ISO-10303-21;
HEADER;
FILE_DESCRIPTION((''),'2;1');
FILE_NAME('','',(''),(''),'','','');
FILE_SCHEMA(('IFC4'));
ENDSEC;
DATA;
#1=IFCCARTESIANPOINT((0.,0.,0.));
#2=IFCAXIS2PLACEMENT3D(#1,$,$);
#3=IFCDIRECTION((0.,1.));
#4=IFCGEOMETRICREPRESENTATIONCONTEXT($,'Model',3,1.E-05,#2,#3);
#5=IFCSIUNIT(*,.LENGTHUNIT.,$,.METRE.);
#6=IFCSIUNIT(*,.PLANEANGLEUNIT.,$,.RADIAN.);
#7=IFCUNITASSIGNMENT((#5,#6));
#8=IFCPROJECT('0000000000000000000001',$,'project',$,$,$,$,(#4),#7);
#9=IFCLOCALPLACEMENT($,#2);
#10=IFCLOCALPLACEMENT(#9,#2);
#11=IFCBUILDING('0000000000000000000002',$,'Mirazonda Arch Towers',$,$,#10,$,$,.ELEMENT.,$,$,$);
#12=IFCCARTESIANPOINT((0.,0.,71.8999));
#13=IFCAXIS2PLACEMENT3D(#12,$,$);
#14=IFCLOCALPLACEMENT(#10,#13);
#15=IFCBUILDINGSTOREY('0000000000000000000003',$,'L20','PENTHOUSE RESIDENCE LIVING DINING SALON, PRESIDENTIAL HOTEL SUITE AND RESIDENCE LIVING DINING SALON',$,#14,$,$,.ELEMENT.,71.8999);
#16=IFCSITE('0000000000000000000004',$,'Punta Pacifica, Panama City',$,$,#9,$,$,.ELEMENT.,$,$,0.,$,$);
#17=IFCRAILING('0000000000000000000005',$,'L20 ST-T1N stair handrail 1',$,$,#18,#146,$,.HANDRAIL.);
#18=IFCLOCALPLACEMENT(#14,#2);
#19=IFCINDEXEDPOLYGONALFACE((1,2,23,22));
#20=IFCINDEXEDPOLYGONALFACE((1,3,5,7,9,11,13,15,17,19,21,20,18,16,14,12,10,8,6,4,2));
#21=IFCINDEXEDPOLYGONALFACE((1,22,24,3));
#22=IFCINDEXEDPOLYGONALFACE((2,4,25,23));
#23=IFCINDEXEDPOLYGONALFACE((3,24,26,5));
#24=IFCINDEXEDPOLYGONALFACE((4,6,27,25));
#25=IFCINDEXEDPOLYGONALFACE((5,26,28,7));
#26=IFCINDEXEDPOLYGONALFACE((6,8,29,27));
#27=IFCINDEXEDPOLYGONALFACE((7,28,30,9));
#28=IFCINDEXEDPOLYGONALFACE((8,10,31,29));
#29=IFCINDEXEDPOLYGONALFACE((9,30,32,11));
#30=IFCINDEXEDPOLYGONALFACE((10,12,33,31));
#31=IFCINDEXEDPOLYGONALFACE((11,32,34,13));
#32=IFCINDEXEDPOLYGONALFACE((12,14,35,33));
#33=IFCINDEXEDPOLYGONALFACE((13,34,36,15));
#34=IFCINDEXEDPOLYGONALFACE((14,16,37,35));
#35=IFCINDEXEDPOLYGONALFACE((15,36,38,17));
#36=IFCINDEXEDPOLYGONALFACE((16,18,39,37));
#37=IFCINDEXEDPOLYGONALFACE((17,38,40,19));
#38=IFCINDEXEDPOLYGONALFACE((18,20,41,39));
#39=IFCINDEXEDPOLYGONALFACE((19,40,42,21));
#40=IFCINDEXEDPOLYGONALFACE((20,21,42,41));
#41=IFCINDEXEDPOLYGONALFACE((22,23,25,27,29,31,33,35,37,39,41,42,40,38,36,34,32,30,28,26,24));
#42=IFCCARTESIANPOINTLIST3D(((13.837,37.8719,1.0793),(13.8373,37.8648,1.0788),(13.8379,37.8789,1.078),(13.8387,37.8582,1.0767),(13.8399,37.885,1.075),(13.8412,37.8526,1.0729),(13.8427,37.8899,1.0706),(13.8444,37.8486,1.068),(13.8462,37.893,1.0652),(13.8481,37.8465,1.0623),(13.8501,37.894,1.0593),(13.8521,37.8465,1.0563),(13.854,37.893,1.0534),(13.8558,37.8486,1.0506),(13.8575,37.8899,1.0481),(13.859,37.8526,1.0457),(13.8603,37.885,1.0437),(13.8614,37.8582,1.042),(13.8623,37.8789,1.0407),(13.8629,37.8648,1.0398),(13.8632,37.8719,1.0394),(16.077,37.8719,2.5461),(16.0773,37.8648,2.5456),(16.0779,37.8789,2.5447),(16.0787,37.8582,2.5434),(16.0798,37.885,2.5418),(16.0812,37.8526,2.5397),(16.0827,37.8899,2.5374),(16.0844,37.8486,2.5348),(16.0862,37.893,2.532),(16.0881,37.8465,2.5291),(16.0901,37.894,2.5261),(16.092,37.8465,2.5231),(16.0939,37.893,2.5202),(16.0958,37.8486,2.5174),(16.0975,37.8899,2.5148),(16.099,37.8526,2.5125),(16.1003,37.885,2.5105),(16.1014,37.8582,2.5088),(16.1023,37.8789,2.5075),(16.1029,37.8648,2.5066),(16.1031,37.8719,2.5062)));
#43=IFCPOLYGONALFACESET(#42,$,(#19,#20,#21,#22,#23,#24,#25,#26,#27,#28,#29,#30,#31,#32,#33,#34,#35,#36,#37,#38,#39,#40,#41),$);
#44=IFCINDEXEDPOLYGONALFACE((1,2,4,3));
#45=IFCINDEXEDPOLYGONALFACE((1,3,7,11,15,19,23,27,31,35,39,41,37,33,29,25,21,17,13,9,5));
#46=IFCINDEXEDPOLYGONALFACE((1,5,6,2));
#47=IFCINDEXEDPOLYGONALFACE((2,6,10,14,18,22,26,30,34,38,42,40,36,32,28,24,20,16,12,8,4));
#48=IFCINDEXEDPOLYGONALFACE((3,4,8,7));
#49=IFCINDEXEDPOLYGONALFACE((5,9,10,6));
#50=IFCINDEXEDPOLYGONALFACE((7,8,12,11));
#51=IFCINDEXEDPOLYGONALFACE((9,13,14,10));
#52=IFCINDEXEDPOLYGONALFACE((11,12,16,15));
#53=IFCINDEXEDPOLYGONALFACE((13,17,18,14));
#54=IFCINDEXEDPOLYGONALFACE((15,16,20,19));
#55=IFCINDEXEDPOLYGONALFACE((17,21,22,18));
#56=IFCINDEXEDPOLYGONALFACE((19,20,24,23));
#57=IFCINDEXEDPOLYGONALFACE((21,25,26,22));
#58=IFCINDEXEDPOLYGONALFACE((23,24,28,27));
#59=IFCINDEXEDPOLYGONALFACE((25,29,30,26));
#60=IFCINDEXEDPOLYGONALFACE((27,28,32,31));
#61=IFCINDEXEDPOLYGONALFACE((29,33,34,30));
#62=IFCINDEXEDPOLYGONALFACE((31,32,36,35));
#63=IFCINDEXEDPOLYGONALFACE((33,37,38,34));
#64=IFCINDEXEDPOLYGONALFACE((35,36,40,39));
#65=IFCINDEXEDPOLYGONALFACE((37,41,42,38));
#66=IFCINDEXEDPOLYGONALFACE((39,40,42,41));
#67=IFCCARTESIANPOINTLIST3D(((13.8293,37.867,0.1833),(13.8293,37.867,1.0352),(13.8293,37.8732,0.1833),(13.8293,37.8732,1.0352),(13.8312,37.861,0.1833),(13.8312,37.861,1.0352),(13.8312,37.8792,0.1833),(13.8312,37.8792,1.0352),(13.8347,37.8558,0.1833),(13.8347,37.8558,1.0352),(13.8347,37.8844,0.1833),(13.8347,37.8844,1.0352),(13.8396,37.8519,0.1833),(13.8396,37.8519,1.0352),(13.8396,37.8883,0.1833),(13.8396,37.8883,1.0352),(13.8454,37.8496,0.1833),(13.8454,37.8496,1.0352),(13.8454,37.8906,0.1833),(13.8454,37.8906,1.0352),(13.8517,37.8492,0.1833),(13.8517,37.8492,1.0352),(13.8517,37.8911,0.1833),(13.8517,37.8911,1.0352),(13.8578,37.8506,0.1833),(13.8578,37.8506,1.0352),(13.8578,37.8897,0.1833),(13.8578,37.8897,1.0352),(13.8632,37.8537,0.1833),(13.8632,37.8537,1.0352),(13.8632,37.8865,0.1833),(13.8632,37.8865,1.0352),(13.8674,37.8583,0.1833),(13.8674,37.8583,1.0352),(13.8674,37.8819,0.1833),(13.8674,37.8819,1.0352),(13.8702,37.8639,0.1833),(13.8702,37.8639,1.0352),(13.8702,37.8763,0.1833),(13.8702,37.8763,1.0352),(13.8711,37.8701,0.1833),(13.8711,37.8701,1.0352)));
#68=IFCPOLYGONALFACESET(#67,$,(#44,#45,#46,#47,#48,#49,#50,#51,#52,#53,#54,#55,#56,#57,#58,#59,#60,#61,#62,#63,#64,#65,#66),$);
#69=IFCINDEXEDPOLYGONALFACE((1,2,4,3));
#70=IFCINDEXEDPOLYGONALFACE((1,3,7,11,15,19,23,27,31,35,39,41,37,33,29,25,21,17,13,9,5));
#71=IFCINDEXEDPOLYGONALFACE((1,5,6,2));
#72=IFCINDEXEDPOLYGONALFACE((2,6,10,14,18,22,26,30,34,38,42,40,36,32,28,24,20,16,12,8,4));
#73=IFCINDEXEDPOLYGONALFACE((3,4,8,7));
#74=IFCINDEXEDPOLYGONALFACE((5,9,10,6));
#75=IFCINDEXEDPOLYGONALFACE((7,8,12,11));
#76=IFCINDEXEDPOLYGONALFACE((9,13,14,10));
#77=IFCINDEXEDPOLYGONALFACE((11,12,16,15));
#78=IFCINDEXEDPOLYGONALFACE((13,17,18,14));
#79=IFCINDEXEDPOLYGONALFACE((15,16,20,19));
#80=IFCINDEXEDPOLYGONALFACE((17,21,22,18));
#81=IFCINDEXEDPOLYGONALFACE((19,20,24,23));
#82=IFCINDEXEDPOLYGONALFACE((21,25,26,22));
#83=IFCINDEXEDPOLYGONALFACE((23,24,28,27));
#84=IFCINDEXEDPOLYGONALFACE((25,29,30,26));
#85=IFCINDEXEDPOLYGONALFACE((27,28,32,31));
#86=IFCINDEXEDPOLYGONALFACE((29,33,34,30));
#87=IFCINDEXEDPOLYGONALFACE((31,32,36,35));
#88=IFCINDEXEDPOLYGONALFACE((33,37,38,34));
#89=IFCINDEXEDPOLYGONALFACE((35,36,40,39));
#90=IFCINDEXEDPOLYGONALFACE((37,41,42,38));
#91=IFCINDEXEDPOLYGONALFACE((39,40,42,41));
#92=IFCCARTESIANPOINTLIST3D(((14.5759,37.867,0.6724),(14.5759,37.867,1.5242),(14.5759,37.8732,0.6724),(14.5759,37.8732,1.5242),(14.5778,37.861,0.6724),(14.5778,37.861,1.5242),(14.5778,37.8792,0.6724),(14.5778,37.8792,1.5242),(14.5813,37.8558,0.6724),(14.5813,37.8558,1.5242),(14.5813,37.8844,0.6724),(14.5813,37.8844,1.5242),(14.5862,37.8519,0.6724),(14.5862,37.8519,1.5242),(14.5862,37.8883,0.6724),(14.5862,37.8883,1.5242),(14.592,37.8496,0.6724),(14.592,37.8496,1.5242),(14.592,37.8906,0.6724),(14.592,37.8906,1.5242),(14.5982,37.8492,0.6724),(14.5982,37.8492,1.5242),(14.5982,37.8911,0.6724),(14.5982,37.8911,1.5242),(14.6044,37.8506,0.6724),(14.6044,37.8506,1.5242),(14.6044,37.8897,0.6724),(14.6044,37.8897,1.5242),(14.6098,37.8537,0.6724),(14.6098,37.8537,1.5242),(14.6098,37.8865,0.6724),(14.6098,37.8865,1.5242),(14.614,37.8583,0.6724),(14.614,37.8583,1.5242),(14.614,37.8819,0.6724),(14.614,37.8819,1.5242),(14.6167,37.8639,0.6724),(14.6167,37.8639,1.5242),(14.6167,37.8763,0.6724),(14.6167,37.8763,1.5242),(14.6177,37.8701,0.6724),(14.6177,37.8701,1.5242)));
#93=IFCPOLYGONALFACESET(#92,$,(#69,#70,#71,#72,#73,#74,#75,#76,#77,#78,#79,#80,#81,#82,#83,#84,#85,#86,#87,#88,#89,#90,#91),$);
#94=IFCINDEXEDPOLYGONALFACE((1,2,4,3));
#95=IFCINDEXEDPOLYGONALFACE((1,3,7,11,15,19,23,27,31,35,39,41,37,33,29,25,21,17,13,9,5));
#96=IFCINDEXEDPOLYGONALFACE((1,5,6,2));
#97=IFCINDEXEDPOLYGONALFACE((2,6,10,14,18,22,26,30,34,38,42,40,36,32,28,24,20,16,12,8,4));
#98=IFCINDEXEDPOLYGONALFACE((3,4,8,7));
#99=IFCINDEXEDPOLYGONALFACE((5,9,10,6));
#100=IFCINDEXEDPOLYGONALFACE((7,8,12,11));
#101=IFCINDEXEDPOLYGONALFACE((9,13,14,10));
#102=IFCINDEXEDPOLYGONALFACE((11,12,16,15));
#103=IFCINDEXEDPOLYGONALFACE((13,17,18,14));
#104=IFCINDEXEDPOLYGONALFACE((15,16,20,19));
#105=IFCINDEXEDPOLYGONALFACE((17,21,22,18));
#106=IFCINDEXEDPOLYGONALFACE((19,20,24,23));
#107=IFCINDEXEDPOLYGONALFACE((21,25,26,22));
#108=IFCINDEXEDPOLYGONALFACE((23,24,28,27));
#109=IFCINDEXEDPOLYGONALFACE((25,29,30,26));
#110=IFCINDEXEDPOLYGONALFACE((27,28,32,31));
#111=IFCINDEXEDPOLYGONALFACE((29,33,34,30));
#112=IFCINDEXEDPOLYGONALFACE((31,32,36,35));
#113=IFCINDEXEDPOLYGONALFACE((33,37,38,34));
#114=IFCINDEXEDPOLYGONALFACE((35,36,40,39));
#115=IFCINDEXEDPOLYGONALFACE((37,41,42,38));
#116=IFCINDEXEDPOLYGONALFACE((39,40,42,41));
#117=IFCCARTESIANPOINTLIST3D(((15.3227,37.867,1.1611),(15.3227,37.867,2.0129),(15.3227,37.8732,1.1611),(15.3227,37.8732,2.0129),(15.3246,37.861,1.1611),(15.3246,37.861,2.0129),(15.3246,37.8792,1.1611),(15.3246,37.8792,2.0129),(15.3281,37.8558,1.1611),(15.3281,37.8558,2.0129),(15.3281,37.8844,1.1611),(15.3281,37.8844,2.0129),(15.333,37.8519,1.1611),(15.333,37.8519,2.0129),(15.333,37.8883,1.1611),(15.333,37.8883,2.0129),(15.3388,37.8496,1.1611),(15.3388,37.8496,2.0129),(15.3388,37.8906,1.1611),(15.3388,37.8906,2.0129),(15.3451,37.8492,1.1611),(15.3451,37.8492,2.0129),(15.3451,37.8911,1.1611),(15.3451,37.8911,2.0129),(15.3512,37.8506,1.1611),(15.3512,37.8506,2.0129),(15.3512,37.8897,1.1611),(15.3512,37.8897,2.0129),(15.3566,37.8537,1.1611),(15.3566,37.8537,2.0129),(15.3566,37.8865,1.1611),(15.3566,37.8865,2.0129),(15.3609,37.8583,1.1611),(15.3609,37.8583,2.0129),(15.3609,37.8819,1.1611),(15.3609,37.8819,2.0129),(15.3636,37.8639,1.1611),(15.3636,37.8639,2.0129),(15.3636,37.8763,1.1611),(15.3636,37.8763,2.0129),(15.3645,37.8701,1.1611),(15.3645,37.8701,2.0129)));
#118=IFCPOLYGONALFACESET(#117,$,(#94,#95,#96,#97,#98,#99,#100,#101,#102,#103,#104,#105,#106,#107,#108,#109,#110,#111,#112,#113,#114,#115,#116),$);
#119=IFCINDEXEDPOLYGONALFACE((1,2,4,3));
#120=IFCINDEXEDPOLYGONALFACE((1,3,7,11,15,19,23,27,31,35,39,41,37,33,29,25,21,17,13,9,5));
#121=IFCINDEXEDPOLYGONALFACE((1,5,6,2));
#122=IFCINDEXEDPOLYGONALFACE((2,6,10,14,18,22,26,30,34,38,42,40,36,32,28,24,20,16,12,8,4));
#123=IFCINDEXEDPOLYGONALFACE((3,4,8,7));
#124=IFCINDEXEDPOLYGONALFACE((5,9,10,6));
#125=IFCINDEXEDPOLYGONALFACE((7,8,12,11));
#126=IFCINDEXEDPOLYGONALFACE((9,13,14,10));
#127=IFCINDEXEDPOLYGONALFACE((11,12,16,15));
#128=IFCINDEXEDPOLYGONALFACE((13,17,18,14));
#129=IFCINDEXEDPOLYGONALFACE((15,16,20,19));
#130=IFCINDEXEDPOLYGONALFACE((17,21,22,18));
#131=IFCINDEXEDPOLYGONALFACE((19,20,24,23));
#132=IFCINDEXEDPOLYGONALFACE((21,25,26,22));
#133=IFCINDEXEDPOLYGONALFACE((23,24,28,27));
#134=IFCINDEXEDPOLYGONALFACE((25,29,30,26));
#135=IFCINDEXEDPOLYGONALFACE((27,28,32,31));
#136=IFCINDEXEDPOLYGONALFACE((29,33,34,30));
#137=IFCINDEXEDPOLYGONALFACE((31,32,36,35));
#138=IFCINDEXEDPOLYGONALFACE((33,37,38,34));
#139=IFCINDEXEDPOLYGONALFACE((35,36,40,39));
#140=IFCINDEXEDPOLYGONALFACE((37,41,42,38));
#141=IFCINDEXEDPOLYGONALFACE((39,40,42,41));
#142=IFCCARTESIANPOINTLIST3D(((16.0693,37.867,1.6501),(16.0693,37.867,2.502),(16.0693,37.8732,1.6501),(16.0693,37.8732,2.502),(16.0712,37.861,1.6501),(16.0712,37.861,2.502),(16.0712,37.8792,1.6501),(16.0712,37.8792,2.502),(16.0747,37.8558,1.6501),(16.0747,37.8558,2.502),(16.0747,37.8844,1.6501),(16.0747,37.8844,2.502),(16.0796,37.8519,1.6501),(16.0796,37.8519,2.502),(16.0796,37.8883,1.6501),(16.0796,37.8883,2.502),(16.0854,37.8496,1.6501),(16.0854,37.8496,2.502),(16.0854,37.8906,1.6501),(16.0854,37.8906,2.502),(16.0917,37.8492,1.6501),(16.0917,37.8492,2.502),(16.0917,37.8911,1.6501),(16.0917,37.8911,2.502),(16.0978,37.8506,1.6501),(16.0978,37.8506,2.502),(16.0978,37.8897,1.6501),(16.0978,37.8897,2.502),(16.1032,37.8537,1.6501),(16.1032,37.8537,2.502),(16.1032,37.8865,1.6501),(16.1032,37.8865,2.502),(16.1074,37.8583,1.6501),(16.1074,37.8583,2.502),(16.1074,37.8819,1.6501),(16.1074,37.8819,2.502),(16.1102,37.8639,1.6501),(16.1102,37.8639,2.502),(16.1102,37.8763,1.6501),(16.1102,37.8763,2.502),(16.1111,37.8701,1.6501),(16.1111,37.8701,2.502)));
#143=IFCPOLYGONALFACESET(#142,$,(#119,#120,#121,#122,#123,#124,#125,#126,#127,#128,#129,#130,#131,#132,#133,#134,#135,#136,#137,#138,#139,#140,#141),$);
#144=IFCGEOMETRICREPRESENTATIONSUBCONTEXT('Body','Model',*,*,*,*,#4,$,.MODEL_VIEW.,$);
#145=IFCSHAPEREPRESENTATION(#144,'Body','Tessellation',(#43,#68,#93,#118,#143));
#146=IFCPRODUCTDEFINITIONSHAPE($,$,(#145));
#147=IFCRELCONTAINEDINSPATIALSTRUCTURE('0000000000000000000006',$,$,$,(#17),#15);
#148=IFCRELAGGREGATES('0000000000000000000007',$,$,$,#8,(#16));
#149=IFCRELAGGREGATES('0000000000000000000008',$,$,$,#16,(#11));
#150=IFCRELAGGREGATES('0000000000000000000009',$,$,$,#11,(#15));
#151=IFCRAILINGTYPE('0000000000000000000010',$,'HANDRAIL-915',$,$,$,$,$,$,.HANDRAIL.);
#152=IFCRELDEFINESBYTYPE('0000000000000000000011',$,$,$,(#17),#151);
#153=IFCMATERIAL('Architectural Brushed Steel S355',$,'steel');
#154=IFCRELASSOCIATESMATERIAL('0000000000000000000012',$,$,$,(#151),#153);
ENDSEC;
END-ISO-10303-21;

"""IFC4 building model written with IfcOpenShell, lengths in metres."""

from ifc_helpers import new_model, si_unit, direction, frame, origin, origin_2d, place, context, subcontext, project, spatial, circle, extrude, material, type_object, element, save


model = new_model("IFC4")

# Units and contexts
model_context = context("Model", 3, precision=1e-05, world=origin(), true_north=direction((0.0, 1.0)))
body_context = subcontext(model_context, "Body", "Model", "MODEL_VIEW")
ifc_project = project(units=[si_unit("LENGTHUNIT", "METRE"), si_unit("PLANEANGLEUNIT", "RADIAN")], contexts=[model_context])

# Site, building, storey
site_placement = place(None, origin())
site = spatial("IfcSite", under=ifc_project, at=site_placement, Name="Punta Pacifica, Panama City", CompositionType="ELEMENT", RefElevation=0.0)
building_placement = place(site_placement, origin())
building = spatial("IfcBuilding", under=site, at=building_placement, Name="Mirazonda Arch Towers", CompositionType="ELEMENT")
storey_placement = place(building_placement, frame((0.0, 0.0, 71.8999)))
storey = spatial("IfcBuildingStorey", under=building, at=storey_placement, Name="L20", Description="PENTHOUSE RESIDENCE LIVING DINING SALON, PRESIDENTIAL HOTEL SUITE AND RESIDENCE LIVING DINING SALON", CompositionType="ELEMENT", Elevation=71.8999)

# Shared definitions
ifc_material_1 = material(Name="Architectural Brushed Steel S355", Category="steel")

# Railing
railing_type_1 = type_object("IfcRailingType", Name="HANDRAIL-915", PredefinedType="HANDRAIL", material=ifc_material_1)
railing_1_placement = place(storey_placement, frame((13.8501, 37.8701, 0.1833)))
element("IfcRailing", 1, at=railing_1_placement, inside=storey, type_object=railing_type_1, Name="L20 ST-T1N stair handrail 1", PredefinedType="HANDRAIL", context=body_context, shape_type="SweptSolid", body=[
    extrude(circle(Radius=0.0239, at=origin_2d()), frame((0.0, 0.0, 0.876), z_axis=(0.836595, 0.0, 0.547822), x_axis=(0.0, 1.0, 0.0)), (0.0, 0.0, 1.0), 2.6775),
    extrude(circle(Radius=0.021, at=origin_2d()), origin(), (0.0, 0.0, 1.0), 0.8518),
    extrude(circle(Radius=0.021, at=origin_2d()), frame((0.7466, 0.0, 0.489)), (0.0, 0.0, 1.0), 0.8518),
    extrude(circle(Radius=0.021, at=origin_2d()), frame((1.4934, 0.0, 0.9778)), (0.0, 0.0, 1.0), 0.8518),
    extrude(circle(Radius=0.021, at=origin_2d()), frame((2.24, 0.0, 1.4668)), (0.0, 0.0, 1.0), 0.8518),
])

save(model, "model.ifc")
